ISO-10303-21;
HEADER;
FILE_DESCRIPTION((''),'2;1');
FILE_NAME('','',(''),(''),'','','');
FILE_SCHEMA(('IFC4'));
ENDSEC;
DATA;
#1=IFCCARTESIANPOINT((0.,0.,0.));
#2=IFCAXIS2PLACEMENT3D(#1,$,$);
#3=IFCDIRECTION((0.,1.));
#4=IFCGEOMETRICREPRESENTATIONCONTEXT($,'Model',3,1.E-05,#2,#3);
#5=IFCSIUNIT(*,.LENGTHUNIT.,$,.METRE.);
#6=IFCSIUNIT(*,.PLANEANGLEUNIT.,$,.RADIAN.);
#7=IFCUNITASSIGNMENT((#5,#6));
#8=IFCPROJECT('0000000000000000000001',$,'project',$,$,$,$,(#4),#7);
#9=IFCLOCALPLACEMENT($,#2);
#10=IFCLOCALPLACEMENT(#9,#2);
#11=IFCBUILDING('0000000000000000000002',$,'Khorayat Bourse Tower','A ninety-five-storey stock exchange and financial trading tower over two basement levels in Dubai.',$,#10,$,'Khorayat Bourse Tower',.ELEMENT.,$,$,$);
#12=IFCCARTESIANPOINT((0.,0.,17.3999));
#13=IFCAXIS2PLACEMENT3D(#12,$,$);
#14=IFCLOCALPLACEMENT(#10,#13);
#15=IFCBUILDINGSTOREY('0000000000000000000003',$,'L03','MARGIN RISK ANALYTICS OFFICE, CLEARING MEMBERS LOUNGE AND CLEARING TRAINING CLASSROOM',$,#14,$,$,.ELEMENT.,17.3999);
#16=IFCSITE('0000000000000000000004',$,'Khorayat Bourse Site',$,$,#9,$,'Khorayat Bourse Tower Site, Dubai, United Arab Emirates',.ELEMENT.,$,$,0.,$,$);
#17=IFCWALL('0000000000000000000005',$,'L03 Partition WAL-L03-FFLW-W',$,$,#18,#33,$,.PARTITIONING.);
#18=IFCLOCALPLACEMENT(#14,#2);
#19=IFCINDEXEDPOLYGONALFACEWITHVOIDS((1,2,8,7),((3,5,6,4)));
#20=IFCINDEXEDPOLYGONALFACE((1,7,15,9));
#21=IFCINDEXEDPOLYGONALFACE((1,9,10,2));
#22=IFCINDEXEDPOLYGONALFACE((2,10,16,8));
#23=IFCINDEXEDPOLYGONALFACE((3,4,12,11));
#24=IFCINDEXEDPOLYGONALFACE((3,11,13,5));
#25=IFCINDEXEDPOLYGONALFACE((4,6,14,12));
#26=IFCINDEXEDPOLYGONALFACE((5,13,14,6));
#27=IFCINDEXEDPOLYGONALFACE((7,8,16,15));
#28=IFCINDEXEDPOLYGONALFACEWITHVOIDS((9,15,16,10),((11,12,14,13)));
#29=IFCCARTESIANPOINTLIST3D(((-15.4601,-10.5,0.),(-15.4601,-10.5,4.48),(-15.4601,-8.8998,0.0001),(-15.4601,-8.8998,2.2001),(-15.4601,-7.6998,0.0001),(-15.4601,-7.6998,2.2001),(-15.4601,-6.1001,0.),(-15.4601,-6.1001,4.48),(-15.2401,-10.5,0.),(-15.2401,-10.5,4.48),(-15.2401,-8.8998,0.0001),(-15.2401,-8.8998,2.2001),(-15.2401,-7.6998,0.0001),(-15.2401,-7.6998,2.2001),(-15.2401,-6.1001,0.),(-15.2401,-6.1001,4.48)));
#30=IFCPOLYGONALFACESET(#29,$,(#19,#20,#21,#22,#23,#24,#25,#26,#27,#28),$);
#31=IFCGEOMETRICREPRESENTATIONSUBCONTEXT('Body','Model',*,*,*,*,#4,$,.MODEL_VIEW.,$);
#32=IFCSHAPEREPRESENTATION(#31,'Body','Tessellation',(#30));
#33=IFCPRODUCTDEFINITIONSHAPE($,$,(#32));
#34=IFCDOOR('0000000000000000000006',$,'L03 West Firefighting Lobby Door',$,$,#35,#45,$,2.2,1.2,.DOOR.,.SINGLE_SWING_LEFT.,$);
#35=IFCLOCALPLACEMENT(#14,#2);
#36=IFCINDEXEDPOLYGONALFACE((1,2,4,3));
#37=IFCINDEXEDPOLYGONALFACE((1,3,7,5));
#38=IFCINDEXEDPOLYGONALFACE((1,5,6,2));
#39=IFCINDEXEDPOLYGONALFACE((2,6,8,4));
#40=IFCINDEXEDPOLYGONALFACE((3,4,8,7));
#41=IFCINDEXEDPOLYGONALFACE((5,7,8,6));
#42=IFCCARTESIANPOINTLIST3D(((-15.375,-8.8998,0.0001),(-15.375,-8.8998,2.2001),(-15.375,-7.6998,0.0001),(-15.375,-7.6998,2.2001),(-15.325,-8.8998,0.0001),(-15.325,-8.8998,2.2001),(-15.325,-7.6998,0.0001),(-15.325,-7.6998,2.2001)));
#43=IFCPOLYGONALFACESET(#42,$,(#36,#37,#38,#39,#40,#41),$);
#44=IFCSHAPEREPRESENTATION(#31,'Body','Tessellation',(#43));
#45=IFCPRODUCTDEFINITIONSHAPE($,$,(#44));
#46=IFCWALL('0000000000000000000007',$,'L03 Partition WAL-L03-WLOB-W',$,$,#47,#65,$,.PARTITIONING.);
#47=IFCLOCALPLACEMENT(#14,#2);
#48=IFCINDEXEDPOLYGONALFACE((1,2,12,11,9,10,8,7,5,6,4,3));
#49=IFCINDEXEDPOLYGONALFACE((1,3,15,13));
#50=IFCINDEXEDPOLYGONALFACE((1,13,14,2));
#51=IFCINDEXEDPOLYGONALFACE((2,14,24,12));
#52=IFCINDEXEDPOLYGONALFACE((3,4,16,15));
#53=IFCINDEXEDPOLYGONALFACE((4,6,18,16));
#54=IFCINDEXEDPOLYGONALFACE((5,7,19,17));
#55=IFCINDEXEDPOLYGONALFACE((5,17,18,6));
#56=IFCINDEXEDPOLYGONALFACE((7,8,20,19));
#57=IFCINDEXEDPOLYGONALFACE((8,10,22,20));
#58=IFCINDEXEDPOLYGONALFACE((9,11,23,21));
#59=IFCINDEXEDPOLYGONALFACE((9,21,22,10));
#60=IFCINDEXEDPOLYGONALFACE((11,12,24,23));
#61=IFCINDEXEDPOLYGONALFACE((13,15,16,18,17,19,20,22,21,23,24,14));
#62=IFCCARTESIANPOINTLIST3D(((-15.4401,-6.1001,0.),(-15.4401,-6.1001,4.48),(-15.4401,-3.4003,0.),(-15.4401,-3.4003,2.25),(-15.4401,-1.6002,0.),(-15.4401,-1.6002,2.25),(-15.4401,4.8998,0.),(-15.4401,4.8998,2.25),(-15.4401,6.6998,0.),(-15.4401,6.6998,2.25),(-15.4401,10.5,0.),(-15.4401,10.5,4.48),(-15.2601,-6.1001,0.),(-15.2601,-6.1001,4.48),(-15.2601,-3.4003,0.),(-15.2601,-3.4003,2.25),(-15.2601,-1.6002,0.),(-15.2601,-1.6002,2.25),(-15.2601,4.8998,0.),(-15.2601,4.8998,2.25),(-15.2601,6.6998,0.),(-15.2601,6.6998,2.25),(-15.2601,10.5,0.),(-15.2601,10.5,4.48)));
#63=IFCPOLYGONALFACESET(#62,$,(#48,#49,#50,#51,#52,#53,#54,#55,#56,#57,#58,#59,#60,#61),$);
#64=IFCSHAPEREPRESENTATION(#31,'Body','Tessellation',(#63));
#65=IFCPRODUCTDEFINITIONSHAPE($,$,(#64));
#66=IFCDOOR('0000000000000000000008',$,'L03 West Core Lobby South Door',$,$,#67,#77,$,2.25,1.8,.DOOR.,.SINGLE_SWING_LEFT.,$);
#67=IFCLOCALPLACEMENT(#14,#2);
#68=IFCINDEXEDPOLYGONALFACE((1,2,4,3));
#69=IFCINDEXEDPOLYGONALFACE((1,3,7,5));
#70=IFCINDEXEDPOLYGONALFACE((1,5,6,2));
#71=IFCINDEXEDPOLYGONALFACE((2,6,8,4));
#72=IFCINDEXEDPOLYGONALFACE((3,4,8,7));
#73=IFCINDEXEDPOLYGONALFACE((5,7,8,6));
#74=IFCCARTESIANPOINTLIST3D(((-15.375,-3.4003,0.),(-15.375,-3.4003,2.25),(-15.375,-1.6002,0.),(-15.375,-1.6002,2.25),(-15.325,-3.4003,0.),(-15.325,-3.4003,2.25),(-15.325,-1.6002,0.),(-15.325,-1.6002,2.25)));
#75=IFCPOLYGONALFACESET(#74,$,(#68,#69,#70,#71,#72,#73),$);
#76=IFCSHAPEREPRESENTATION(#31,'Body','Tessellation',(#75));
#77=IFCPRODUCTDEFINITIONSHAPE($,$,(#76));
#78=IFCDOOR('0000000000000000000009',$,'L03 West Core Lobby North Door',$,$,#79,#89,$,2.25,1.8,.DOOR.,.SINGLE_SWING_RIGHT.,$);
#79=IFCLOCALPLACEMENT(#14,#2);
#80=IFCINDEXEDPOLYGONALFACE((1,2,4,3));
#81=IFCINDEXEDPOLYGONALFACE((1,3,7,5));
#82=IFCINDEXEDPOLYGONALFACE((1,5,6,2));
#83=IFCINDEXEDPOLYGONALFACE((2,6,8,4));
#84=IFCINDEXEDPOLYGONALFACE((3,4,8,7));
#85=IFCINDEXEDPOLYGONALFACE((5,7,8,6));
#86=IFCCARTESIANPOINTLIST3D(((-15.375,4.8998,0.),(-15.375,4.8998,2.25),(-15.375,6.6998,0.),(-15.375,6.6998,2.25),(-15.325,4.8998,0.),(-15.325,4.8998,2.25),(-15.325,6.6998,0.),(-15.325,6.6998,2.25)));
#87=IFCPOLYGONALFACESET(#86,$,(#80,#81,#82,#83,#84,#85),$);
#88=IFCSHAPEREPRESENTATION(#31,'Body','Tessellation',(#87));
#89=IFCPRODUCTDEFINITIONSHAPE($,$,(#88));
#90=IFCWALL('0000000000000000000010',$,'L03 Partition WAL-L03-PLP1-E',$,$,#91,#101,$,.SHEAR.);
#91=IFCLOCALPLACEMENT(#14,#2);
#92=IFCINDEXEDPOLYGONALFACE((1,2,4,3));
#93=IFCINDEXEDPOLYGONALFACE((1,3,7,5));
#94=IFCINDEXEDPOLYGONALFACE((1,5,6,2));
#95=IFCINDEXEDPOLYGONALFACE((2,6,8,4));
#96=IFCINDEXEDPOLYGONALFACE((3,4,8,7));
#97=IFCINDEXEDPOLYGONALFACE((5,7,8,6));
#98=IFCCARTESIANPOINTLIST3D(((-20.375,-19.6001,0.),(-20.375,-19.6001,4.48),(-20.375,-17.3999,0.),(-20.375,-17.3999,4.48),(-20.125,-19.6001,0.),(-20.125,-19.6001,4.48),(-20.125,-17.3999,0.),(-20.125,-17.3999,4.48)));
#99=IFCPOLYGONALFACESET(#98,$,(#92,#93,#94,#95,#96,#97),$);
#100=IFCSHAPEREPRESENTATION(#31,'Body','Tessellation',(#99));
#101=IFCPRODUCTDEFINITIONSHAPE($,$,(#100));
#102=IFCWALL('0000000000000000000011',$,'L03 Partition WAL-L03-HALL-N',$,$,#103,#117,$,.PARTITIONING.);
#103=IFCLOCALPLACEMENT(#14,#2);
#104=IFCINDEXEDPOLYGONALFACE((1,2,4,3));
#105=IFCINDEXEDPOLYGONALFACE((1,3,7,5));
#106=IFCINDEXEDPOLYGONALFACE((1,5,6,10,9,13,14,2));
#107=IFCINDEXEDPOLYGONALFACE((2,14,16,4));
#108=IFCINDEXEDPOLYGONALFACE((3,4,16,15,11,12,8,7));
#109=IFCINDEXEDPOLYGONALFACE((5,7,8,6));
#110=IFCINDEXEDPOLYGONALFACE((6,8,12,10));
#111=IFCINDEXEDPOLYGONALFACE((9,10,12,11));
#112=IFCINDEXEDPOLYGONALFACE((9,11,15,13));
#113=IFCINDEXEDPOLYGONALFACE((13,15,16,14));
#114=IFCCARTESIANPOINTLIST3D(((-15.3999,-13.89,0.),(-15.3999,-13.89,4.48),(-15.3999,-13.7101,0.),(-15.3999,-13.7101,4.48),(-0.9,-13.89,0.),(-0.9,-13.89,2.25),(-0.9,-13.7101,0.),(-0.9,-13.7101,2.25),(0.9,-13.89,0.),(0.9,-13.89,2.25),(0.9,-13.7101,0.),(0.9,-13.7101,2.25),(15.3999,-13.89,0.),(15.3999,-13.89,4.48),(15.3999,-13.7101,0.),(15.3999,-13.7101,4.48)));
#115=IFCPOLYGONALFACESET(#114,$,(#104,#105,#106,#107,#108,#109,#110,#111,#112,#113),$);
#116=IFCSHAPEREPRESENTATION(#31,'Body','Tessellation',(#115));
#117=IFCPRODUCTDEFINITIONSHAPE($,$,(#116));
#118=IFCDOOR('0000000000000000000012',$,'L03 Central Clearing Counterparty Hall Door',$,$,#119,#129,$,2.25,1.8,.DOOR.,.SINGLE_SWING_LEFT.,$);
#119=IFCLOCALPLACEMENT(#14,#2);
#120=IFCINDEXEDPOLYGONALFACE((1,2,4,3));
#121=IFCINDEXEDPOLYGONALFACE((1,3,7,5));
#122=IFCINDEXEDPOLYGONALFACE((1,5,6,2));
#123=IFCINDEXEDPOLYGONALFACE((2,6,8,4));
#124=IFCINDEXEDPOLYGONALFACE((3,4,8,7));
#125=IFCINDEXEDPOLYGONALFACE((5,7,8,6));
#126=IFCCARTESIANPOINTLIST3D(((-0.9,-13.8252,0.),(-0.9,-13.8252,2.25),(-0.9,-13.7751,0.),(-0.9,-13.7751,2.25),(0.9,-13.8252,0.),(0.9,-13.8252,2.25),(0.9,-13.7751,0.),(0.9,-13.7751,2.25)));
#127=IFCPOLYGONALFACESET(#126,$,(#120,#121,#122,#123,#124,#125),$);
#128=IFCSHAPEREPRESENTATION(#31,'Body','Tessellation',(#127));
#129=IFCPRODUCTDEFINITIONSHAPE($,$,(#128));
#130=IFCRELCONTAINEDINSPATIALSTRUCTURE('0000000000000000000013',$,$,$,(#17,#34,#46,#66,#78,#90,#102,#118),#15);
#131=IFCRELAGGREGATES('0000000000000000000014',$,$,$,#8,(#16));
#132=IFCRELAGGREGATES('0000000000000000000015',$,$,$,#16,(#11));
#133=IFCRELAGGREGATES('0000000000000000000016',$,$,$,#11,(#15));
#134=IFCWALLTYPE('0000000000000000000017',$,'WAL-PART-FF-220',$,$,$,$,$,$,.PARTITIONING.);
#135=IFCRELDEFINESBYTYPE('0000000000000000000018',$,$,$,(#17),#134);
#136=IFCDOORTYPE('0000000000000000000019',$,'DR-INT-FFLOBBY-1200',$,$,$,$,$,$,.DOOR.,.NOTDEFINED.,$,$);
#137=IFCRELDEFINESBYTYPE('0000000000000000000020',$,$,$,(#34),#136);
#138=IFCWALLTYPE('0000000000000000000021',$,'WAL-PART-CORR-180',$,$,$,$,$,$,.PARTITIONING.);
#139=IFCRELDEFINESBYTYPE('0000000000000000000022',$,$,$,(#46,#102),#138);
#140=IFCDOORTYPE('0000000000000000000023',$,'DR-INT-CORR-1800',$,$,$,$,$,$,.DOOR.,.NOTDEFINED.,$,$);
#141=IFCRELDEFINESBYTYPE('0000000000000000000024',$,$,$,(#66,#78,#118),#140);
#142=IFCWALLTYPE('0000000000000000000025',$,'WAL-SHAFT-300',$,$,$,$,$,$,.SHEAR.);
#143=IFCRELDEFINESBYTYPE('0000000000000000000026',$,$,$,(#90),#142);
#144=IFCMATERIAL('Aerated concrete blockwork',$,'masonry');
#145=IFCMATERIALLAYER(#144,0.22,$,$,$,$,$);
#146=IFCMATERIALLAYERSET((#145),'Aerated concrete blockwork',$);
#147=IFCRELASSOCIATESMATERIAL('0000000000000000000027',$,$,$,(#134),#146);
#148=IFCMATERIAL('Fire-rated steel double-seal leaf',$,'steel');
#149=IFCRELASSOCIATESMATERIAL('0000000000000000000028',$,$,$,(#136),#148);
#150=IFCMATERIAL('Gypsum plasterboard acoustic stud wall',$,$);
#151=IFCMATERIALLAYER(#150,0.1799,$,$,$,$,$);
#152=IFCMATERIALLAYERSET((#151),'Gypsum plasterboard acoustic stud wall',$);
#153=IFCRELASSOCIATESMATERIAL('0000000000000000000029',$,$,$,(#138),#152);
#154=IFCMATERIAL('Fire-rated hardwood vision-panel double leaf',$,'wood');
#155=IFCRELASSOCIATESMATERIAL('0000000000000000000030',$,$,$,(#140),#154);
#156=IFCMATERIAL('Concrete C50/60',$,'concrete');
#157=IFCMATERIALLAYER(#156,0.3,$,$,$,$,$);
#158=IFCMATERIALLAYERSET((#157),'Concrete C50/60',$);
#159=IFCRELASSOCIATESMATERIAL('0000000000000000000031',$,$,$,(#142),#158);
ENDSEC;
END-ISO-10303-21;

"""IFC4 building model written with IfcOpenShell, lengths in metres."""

from ifc_helpers import new_model, si_unit, direction, frame, frame_2d, origin, place, context, subcontext, project, spatial, rectangle, extrude, source, transform, mapped, material, layer, layer_set, type_object, element, fill, save


model = new_model("IFC4")

# Units and contexts
model_context = context("Model", 3, precision=1e-05, world=origin(), true_north=direction((0.0, 1.0)))
body_context = subcontext(model_context, "Body", "Model", "MODEL_VIEW")
ifc_project = project(units=[si_unit("LENGTHUNIT", "METRE"), si_unit("PLANEANGLEUNIT", "RADIAN")], contexts=[model_context])

# Site, building, storey
site_placement = place(None, origin())
site = spatial("IfcSite", under=ifc_project, at=site_placement, Name="Khorayat Bourse Site", LongName="Khorayat Bourse Tower Site, Dubai, United Arab Emirates", CompositionType="ELEMENT", RefElevation=0.0)
building_placement = place(site_placement, origin())
building = spatial("IfcBuilding", under=site, at=building_placement, Name="Khorayat Bourse Tower", Description="A ninety-five-storey stock exchange and financial trading tower over two basement levels in Dubai.", LongName="Khorayat Bourse Tower", CompositionType="ELEMENT")
storey_placement = place(building_placement, frame((0.0, 0.0, 17.3999)))
storey = spatial("IfcBuildingStorey", under=building, at=storey_placement, Name="L03", Description="MARGIN RISK ANALYTICS OFFICE, CLEARING MEMBERS LOUNGE AND CLEARING TRAINING CLASSROOM", CompositionType="ELEMENT", Elevation=17.3999)

# Shared definitions
ifc_material_1 = material(Name="Aerated concrete blockwork", Category="masonry")
ifc_layer_1 = layer(ifc_material_1, 0.22)
ifc_layer_set_1 = layer_set([ifc_layer_1], Name="Aerated concrete blockwork")
wall_type_1 = type_object("IfcWallType", Name="WAL-PART-FF-220", PredefinedType="PARTITIONING", material=ifc_layer_set_1)

# Wall, opening, door
shared_shape_1 = source(origin(), body_context, "Body", "SweptSolid", [
    extrude(rectangle(XDim=4.3999, YDim=0.22, at=frame_2d((2.2, 0.0))), origin(), (0.0, 0.0, 1.0), 4.48),
])
wall_1_placement = place(storey_placement, frame((-15.3501, -10.5, 0.0), z_axis=(0.0, 0.0, 1.0), x_axis=(0.0, 1.0, 0.0)))
wall_1 = element("IfcWall", 1, at=wall_1_placement, inside=storey, type_object=wall_type_1, Name="L03 Partition WAL-L03-FFLW-W", PredefinedType="PARTITIONING", context=body_context, shape_type="MappedRepresentation", body=[
    mapped(shared_shape_1, transform((0.0, 0.0, 0.0), scale=1.0)),
])
shared_shape_2 = source(origin(), body_context, "Body", "SweptSolid", [
    extrude(rectangle(XDim=1.2, YDim=2.2, at=frame_2d((0.6001, 1.1001))), frame((0.0, 0.1199, 0.0), z_axis=(0.0, -1.0, 0.0), x_axis=(1.0, 0.0, 0.0)), (0.0, 0.0, 1.0), 0.24),
])
opening_1_placement = place(wall_1_placement, frame((1.6001, 0.0, 0.0)))
opening_1 = element("IfcOpeningElement", 2, at=opening_1_placement, cuts=wall_1, PredefinedType="OPENING", context=body_context, shape_type="MappedRepresentation", body=[
    mapped(shared_shape_2, transform((0.0, 0.0, 0.0), scale=1.0)),
])
ifc_material_2 = material(Name="Fire-rated steel double-seal leaf", Category="steel")
door_type_1 = type_object("IfcDoorType", Name="DR-INT-FFLOBBY-1200", OperationType="NOTDEFINED", PredefinedType="DOOR", material=ifc_material_2)
shared_shape_3 = source(origin(), body_context, "Body", "SweptSolid", [
    extrude(rectangle(XDim=1.2, YDim=2.2, at=frame_2d((0.6001, 1.1001))), frame((0.0, 0.0249, 0.0), z_axis=(0.0, -1.0, 0.0), x_axis=(1.0, 0.0, 0.0)), (0.0, 0.0, 1.0), 0.05),
])
door_1_placement = place(opening_1_placement, origin())
door_1 = element("IfcDoor", 3, at=door_1_placement, inside=storey, type_object=door_type_1, Name="L03 West Firefighting Lobby Door", OperationType="SINGLE_SWING_LEFT", OverallHeight=2.2, OverallWidth=1.2, PredefinedType="DOOR", context=body_context, shape_type="MappedRepresentation", body=[
    mapped(shared_shape_3, transform((0.0, 0.0, 0.0), scale=1.0)),
])
fill(opening_1, door_1)

# Wall, openings, doors
ifc_material_3 = material(Name="Gypsum plasterboard acoustic stud wall")
ifc_layer_2 = layer(ifc_material_3, 0.1799)
ifc_layer_set_2 = layer_set([ifc_layer_2], Name="Gypsum plasterboard acoustic stud wall")
wall_type_2 = type_object("IfcWallType", Name="WAL-PART-CORR-180", PredefinedType="PARTITIONING", material=ifc_layer_set_2)
shared_shape_4 = source(origin(), body_context, "Body", "SweptSolid", [
    extrude(rectangle(XDim=16.6001, YDim=0.1799, at=frame_2d((8.3, 0.0))), origin(), (0.0, 0.0, 1.0), 4.48),
])
wall_2_placement = place(storey_placement, frame((-15.3501, -6.1001, 0.0), z_axis=(0.0, 0.0, 1.0), x_axis=(0.0, 1.0, 0.0)))
wall_2 = element("IfcWall", 4, at=wall_2_placement, inside=storey, type_object=wall_type_2, Name="L03 Partition WAL-L03-WLOB-W", PredefinedType="PARTITIONING", context=body_context, shape_type="MappedRepresentation", body=[
    mapped(shared_shape_4, transform((0.0, 0.0, 0.0), scale=1.0)),
])
shared_shape_5 = source(origin(), body_context, "Body", "SweptSolid", [
    extrude(rectangle(XDim=1.8, YDim=2.25, at=frame_2d((0.8999, 1.125))), frame((0.0, 0.0999, 0.0), z_axis=(0.0, -1.0, 0.0), x_axis=(1.0, 0.0, 0.0)), (0.0, 0.0, 1.0), 0.2),
])
opening_2_placement = place(wall_2_placement, frame((2.7, 0.0, 0.0)))
opening_2 = element("IfcOpeningElement", 5, at=opening_2_placement, cuts=wall_2, PredefinedType="OPENING", context=body_context, shape_type="MappedRepresentation", body=[
    mapped(shared_shape_5, transform((0.0, 0.0, 0.0), scale=1.0)),
])
opening_3_placement = place(wall_2_placement, frame((11.0, 0.0, 0.0)))
opening_3 = element("IfcOpeningElement", 6, at=opening_3_placement, cuts=wall_2, PredefinedType="OPENING", context=body_context, shape_type="MappedRepresentation", body=[
    mapped(shared_shape_5, transform((0.0, 0.0, 0.0), scale=1.0)),
])
ifc_material_4 = material(Name="Fire-rated hardwood vision-panel double leaf", Category="wood")
door_type_2 = type_object("IfcDoorType", Name="DR-INT-CORR-1800", OperationType="NOTDEFINED", PredefinedType="DOOR", material=ifc_material_4)
shared_shape_6 = source(origin(), body_context, "Body", "SweptSolid", [
    extrude(rectangle(XDim=1.8, YDim=2.25, at=frame_2d((0.8999, 1.125))), frame((0.0, 0.0249, 0.0), z_axis=(0.0, -1.0, 0.0), x_axis=(1.0, 0.0, 0.0)), (0.0, 0.0, 1.0), 0.05),
])
door_2_placement = place(opening_2_placement, origin())
door_2 = element("IfcDoor", 7, at=door_2_placement, inside=storey, type_object=door_type_2, Name="L03 West Core Lobby South Door", OperationType="SINGLE_SWING_LEFT", OverallHeight=2.25, OverallWidth=1.8, PredefinedType="DOOR", context=body_context, shape_type="MappedRepresentation", body=[
    mapped(shared_shape_6, transform((0.0, 0.0, 0.0), scale=1.0)),
])
fill(opening_2, door_2)
door_3_placement = place(opening_3_placement, origin())
door_3 = element("IfcDoor", 8, at=door_3_placement, inside=storey, type_object=door_type_2, Name="L03 West Core Lobby North Door", OperationType="SINGLE_SWING_RIGHT", OverallHeight=2.25, OverallWidth=1.8, PredefinedType="DOOR", context=body_context, shape_type="MappedRepresentation", body=[
    mapped(shared_shape_6, transform((0.0, 0.0, 0.0), scale=1.0)),
])
fill(opening_3, door_3)

# Wall
ifc_material_5 = material(Name="Concrete C50/60", Category="concrete")
ifc_layer_3 = layer(ifc_material_5, 0.3)
ifc_layer_set_3 = layer_set([ifc_layer_3], Name="Concrete C50/60")
wall_type_3 = type_object("IfcWallType", Name="WAL-SHAFT-300", PredefinedType="SHEAR", material=ifc_layer_set_3)
shared_shape_7 = source(origin(), body_context, "Body", "SweptSolid", [
    extrude(rectangle(XDim=2.2002, YDim=0.25, at=frame_2d((1.1001, 0.0))), origin(), (0.0, 0.0, 1.0), 4.48),
])
wall_3_placement = place(storey_placement, frame((-20.25, -19.6001, 0.0), z_axis=(0.0, 0.0, 1.0), x_axis=(0.0, 1.0, 0.0)))
element("IfcWall", 9, at=wall_3_placement, inside=storey, type_object=wall_type_3, Name="L03 Partition WAL-L03-PLP1-E", PredefinedType="SHEAR", context=body_context, shape_type="MappedRepresentation", body=[
    mapped(shared_shape_7, transform((0.0, 0.0, 0.0), scale=1.0)),
])

# Wall, opening, door
shared_shape_8 = source(origin(), body_context, "Body", "SweptSolid", [
    extrude(rectangle(XDim=30.7998, YDim=0.1799, at=frame_2d((15.3999, 0.0))), origin(), (0.0, 0.0, 1.0), 4.48),
])
wall_4_placement = place(storey_placement, frame((-15.3999, -13.8, 0.0), z_axis=(0.0, 0.0, 1.0), x_axis=(1.0, 0.0, 0.0)))
wall_4 = element("IfcWall", 10, at=wall_4_placement, inside=storey, type_object=wall_type_2, Name="L03 Partition WAL-L03-HALL-N", PredefinedType="PARTITIONING", context=body_context, shape_type="MappedRepresentation", body=[
    mapped(shared_shape_8, transform((0.0, 0.0, 0.0), scale=1.0)),
])
opening_4_placement = place(wall_4_placement, frame((14.5, 0.0, 0.0)))
opening_4 = element("IfcOpeningElement", 11, at=opening_4_placement, cuts=wall_4, PredefinedType="OPENING", context=body_context, shape_type="MappedRepresentation", body=[
    mapped(shared_shape_5, transform((0.0, 0.0, 0.0), scale=1.0)),
])
door_4_placement = place(opening_4_placement, origin())
door_4 = element("IfcDoor", 12, at=door_4_placement, inside=storey, type_object=door_type_2, Name="L03 Central Clearing Counterparty Hall Door", OperationType="SINGLE_SWING_LEFT", OverallHeight=2.25, OverallWidth=1.8, PredefinedType="DOOR", context=body_context, shape_type="MappedRepresentation", body=[
    mapped(shared_shape_6, transform((0.0, 0.0, 0.0), scale=1.0)),
])
fill(opening_4, door_4)

save(model, "model.ifc")
